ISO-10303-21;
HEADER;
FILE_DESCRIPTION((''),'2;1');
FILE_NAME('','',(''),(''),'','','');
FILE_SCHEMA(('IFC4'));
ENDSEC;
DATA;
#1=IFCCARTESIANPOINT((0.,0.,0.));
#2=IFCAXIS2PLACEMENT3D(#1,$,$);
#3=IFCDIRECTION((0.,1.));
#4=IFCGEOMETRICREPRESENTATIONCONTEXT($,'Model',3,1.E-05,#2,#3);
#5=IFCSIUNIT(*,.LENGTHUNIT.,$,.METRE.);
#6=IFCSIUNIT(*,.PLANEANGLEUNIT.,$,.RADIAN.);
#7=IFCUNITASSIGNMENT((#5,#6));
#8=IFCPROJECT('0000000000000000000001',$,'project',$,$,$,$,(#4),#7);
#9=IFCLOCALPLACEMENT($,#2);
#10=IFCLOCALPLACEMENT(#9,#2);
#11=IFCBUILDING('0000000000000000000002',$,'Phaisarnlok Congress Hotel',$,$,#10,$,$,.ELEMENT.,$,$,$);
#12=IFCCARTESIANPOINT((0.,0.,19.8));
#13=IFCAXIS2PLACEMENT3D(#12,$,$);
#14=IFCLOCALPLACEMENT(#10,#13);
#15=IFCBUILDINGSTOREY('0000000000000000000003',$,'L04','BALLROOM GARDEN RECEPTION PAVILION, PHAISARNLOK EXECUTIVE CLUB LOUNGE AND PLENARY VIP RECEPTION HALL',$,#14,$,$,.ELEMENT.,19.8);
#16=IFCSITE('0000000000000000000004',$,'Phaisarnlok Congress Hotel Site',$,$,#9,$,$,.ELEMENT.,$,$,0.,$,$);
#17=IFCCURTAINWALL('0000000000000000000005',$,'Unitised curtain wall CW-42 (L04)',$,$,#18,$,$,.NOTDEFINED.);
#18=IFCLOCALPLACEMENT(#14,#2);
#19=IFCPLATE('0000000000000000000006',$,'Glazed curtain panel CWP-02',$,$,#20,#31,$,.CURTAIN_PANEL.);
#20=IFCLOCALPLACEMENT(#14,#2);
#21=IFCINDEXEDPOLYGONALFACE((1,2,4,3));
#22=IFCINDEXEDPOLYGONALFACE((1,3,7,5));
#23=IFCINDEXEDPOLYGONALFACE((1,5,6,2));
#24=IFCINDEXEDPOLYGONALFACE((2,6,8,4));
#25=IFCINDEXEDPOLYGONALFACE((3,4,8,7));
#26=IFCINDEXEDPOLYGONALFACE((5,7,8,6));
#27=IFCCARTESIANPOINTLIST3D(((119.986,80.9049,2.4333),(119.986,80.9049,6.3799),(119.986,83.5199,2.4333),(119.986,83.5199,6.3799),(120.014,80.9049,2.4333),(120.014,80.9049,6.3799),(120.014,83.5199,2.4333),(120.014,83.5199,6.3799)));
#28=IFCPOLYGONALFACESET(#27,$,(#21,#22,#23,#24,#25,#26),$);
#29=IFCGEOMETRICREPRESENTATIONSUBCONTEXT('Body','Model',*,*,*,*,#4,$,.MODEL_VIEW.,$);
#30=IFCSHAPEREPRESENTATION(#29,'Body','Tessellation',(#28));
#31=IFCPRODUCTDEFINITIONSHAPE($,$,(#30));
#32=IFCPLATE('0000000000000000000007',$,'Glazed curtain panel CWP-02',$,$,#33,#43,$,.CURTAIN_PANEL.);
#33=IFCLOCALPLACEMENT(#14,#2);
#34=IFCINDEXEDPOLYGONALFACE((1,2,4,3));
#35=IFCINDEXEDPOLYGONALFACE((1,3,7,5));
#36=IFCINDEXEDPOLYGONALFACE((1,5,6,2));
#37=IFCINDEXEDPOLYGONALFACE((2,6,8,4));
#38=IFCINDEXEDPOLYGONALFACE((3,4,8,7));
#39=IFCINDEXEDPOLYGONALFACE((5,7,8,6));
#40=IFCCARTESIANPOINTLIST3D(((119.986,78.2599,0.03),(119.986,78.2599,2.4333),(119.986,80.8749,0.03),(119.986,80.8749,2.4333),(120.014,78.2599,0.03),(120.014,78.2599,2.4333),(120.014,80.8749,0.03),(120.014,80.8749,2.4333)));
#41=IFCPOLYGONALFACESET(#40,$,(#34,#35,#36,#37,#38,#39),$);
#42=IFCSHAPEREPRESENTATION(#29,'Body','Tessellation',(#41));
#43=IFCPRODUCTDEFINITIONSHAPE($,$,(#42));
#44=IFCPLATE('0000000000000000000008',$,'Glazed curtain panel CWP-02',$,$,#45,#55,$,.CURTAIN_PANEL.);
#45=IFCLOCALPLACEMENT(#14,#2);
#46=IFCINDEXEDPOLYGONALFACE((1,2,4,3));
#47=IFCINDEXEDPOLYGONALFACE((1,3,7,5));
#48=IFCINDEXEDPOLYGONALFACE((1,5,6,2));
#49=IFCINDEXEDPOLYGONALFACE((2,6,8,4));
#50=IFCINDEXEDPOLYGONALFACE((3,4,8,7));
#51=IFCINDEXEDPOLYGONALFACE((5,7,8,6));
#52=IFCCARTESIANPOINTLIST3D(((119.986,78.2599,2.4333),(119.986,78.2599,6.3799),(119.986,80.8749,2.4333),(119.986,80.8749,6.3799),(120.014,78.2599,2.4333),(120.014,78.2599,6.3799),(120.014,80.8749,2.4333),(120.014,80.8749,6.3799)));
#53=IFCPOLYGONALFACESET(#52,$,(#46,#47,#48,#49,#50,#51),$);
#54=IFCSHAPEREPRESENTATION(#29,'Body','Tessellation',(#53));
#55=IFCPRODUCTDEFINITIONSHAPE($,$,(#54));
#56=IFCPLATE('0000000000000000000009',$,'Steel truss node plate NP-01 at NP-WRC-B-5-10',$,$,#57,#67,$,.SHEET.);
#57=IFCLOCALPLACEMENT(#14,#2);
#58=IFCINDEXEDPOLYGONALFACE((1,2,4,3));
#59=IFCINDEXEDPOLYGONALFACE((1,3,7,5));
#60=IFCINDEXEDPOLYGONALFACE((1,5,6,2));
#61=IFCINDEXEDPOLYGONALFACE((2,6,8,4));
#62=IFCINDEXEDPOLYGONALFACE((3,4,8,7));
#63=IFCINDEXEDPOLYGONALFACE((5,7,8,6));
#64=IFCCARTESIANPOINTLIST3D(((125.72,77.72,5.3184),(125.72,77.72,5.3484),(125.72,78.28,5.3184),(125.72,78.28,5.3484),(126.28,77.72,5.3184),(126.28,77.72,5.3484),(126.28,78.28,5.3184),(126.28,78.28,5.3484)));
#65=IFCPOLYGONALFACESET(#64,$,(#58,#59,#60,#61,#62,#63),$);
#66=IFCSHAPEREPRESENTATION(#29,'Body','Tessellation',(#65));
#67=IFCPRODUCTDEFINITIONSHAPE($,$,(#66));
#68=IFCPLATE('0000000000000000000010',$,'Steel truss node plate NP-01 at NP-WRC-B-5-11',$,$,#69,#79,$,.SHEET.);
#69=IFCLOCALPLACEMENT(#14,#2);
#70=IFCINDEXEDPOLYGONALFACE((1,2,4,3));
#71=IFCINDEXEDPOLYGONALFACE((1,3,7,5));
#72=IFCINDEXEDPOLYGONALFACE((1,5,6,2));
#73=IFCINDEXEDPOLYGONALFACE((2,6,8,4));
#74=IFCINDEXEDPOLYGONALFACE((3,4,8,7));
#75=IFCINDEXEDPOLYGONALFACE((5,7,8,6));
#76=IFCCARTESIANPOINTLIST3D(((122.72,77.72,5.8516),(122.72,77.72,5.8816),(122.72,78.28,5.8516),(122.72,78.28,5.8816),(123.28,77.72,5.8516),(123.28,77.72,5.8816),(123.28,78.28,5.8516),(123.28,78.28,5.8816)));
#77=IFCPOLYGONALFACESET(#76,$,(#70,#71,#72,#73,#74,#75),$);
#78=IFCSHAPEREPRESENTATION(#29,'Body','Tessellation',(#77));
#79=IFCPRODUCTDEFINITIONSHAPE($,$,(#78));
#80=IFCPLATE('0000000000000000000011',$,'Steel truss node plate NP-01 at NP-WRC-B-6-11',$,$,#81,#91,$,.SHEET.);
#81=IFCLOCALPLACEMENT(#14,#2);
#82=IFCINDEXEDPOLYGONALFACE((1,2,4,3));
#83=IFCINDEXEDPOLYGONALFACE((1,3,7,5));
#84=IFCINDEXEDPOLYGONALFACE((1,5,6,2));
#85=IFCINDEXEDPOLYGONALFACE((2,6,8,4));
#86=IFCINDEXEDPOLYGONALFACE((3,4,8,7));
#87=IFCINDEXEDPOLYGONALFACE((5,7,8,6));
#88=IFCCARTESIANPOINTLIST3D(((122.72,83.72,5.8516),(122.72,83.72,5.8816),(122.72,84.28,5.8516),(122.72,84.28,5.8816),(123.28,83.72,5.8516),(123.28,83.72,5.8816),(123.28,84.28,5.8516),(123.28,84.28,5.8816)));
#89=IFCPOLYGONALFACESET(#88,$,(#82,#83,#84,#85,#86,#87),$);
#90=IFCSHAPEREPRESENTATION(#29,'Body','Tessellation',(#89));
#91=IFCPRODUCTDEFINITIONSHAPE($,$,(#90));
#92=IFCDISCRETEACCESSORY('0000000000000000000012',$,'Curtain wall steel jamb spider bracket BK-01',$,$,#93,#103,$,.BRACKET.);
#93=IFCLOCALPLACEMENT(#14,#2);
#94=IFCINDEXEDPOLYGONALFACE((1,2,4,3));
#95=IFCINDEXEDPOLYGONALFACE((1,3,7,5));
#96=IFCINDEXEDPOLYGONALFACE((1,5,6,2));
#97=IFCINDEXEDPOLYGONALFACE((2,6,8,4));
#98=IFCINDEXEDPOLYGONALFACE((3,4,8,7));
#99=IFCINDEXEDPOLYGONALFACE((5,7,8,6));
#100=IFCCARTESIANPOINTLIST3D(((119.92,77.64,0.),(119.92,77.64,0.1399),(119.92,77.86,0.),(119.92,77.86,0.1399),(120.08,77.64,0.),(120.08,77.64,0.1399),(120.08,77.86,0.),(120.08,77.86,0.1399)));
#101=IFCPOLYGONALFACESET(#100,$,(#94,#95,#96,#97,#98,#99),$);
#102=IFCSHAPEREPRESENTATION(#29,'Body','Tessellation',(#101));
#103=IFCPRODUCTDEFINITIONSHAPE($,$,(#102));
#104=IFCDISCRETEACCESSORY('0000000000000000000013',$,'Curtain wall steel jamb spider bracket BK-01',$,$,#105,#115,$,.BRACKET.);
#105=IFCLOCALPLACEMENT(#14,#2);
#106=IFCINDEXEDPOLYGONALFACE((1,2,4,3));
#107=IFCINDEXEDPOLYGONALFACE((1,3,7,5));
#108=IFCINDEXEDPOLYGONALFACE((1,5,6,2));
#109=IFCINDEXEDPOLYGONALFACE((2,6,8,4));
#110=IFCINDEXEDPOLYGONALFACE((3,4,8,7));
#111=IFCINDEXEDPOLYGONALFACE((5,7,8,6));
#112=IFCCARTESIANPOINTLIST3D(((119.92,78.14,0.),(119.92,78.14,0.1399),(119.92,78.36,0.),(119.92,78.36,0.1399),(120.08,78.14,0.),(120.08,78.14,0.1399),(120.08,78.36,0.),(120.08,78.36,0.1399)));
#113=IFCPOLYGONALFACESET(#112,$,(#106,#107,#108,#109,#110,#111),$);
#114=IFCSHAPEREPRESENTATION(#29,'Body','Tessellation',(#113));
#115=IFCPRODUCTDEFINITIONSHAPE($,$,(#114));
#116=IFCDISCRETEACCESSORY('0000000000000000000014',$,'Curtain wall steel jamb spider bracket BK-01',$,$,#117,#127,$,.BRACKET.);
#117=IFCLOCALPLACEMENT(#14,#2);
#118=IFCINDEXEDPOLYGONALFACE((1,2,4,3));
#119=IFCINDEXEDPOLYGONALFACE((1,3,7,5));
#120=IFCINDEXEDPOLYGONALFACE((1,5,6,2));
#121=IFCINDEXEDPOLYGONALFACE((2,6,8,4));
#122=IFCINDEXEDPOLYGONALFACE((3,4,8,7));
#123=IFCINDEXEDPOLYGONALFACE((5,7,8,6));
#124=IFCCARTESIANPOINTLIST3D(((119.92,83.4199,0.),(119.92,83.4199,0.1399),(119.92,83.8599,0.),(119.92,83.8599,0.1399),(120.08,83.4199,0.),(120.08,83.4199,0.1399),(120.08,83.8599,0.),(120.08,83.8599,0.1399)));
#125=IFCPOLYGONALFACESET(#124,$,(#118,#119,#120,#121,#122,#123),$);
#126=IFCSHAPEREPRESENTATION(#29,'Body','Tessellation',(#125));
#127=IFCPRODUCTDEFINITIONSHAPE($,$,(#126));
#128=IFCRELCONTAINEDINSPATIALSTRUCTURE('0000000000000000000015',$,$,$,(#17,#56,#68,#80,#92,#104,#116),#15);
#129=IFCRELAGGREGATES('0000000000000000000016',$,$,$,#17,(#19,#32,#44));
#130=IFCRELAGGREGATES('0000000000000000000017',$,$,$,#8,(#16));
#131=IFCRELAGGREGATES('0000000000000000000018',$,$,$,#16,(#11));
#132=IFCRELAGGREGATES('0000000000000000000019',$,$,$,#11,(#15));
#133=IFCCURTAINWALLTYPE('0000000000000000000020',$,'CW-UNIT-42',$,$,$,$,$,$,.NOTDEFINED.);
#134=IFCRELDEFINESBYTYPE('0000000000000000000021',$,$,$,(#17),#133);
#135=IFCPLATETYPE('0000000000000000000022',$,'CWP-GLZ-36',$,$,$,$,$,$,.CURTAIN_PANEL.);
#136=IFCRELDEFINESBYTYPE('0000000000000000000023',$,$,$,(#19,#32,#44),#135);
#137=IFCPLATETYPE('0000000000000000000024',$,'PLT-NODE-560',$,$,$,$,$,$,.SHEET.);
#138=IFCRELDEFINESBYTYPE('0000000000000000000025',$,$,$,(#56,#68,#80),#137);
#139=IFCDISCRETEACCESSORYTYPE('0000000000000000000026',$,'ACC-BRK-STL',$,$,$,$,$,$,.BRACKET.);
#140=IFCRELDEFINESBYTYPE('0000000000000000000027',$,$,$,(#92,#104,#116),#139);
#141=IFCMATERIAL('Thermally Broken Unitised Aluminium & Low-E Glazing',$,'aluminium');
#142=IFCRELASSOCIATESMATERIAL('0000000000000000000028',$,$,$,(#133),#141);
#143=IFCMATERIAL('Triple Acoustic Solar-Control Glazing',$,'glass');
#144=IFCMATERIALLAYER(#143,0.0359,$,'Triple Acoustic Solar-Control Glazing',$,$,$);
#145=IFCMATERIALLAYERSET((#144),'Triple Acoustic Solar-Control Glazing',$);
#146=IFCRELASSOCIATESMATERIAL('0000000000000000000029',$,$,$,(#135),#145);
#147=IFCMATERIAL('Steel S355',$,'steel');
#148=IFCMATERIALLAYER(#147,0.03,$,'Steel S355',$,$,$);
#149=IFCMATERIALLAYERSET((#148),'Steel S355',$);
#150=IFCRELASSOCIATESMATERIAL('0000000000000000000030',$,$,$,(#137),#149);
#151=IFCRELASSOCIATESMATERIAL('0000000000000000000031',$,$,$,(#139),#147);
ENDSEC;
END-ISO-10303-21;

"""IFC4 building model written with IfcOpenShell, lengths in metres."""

from ifc_helpers import new_model, si_unit, direction, frame, frame_2d, origin, origin_2d, place, context, subcontext, project, spatial, rectangle, extrude, material, layer, layer_set, type_object, element, aggregate, save


model = new_model("IFC4")

# Units and contexts
model_context = context("Model", 3, precision=1e-05, world=origin(), true_north=direction((0.0, 1.0)))
body_context = subcontext(model_context, "Body", "Model", "MODEL_VIEW")
ifc_project = project(units=[si_unit("LENGTHUNIT", "METRE"), si_unit("PLANEANGLEUNIT", "RADIAN")], contexts=[model_context])

# Site, building, storey
site_placement = place(None, origin())
site = spatial("IfcSite", under=ifc_project, at=site_placement, Name="Phaisarnlok Congress Hotel Site", CompositionType="ELEMENT", RefElevation=0.0)
building_placement = place(site_placement, origin())
building = spatial("IfcBuilding", under=site, at=building_placement, Name="Phaisarnlok Congress Hotel", CompositionType="ELEMENT")
storey_placement = place(building_placement, frame((0.0, 0.0, 19.8)))
storey = spatial("IfcBuildingStorey", under=building, at=storey_placement, Name="L04", Description="BALLROOM GARDEN RECEPTION PAVILION, PHAISARNLOK EXECUTIVE CLUB LOUNGE AND PLENARY VIP RECEPTION HALL", CompositionType="ELEMENT", Elevation=19.8)

# Shared definitions
ifc_material_1 = material(Name="Steel S355", Category="steel")

# Curtain wall
ifc_material_2 = material(Name="Thermally Broken Unitised Aluminium & Low-E Glazing", Category="aluminium")
curtain_wall_type_1 = type_object("IfcCurtainWallType", Name="CW-UNIT-42", PredefinedType="NOTDEFINED", material=ifc_material_2)
curtain_wall_1_placement = place(storey_placement, origin())
curtain_wall_1 = element("IfcCurtainWall", 1, at=curtain_wall_1_placement, inside=storey, type_object=curtain_wall_type_1, Name="Unitised curtain wall CW-42 (L04)", PredefinedType="NOTDEFINED")

# Shared definitions
ifc_material_3 = material(Name="Triple Acoustic Solar-Control Glazing", Category="glass")
ifc_layer_1 = layer(ifc_material_3, 0.0359, Name="Triple Acoustic Solar-Control Glazing")
ifc_layer_set_1 = layer_set([ifc_layer_1], Name="Triple Acoustic Solar-Control Glazing")
plate_type_1 = type_object("IfcPlateType", Name="CWP-GLZ-36", PredefinedType="CURTAIN_PANEL", material=ifc_layer_set_1)

# Plates
plate_1_placement = place(storey_placement, frame((120.0, 83.52, 2.4333), z_axis=(0.0, 0.0, 1.0), x_axis=(0.0, -1.0, 0.0)))
plate_1 = element("IfcPlate", 2, at=plate_1_placement, type_object=plate_type_1, Name="Glazed curtain panel CWP-02", PredefinedType="CURTAIN_PANEL", context=body_context, shape_type="SweptSolid", body=[
    extrude(rectangle(XDim=2.615, YDim=0.0281, at=frame_2d((1.3076, 0.0))), origin(), (0.0, 0.0, 1.0), 3.9465),
])
plate_2_placement = place(storey_placement, frame((120.0, 80.875, 0.03), z_axis=(0.0, 0.0, 1.0), x_axis=(0.0, -1.0, 0.0)))
plate_2 = element("IfcPlate", 3, at=plate_2_placement, type_object=plate_type_1, Name="Glazed curtain panel CWP-02", PredefinedType="CURTAIN_PANEL", context=body_context, shape_type="SweptSolid", body=[
    extrude(rectangle(XDim=2.615, YDim=0.0281, at=frame_2d((1.3076, 0.0))), origin(), (0.0, 0.0, 1.0), 2.4033),
])
plate_3_placement = place(storey_placement, frame((120.0, 80.875, 2.4333), z_axis=(0.0, 0.0, 1.0), x_axis=(0.0, -1.0, 0.0)))
plate_3 = element("IfcPlate", 4, at=plate_3_placement, type_object=plate_type_1, Name="Glazed curtain panel CWP-02", PredefinedType="CURTAIN_PANEL", context=body_context, shape_type="SweptSolid", body=[
    extrude(rectangle(XDim=2.615, YDim=0.0281, at=frame_2d((1.3076, 0.0))), origin(), (0.0, 0.0, 1.0), 3.9465),
])
aggregate(curtain_wall_1, [plate_1, plate_2, plate_3])

# Plates
ifc_layer_2 = layer(ifc_material_1, 0.03, Name="Steel S355")
ifc_layer_set_2 = layer_set([ifc_layer_2], Name="Steel S355")
plate_type_2 = type_object("IfcPlateType", Name="PLT-NODE-560", PredefinedType="SHEET", material=ifc_layer_set_2)
for number, where, z_axis, x_axis, name in (
    (5, (126.0, 78.0, 5.3184), (0.0, 0.0, 1.0), (1.0, 0.0, 0.0), "Steel truss node plate NP-01 at NP-WRC-B-5-10"),
    (6, (123.0, 78.0, 5.8516), (0.0, 0.0, 1.0), (1.0, 0.0, 0.0), "Steel truss node plate NP-01 at NP-WRC-B-5-11"),
    (7, (123.0, 84.0, 5.8516), (0.0, 0.0, 1.0), (1.0, 0.0, 0.0), "Steel truss node plate NP-01 at NP-WRC-B-6-11"),
):
    element("IfcPlate", number, at=place(storey_placement, frame(where, z_axis=z_axis, x_axis=x_axis)), inside=storey, type_object=plate_type_2, Name=name, PredefinedType="SHEET", context=body_context, shape_type="SweptSolid", body=[
        extrude(rectangle(XDim=0.5601, YDim=0.5601, at=origin_2d()), origin(), (0.0, 0.0, 1.0), 0.03),
    ])

# Discrete accessories
discrete_accessory_type = type_object("IfcDiscreteAccessoryType", Name="ACC-BRK-STL", PredefinedType="BRACKET", material=ifc_material_1)
for number, where, z_axis, x_axis, name in (
    (8, (120.0, 77.75, 0.0), (0.0, 0.0, 1.0), (1.0, 0.0, 0.0), "Curtain wall steel jamb spider bracket BK-01"),
    (9, (120.0, 78.25, 0.0), (0.0, 0.0, 1.0), (1.0, 0.0, 0.0), "Curtain wall steel jamb spider bracket BK-01"),
):
    element("IfcDiscreteAccessory", number, at=place(storey_placement, frame(where, z_axis=z_axis, x_axis=x_axis)), inside=storey, type_object=discrete_accessory_type, Name=name, PredefinedType="BRACKET", context=body_context, shape_type="SweptSolid", body=[
        extrude(rectangle(XDim=0.1599, YDim=0.22, at=origin_2d()), origin(), (0.0, 0.0, 1.0), 0.1399),
    ])
discrete_accessory_placement = place(storey_placement, frame((120.0, 83.6399, 0.0), z_axis=(0.0, 0.0, 1.0), x_axis=(1.0, 0.0, 0.0)))
element("IfcDiscreteAccessory", 10, at=discrete_accessory_placement, inside=storey, type_object=discrete_accessory_type, Name="Curtain wall steel jamb spider bracket BK-01", PredefinedType="BRACKET", context=body_context, shape_type="SweptSolid", body=[
    extrude(rectangle(XDim=0.1599, YDim=0.4399, at=origin_2d()), origin(), (0.0, 0.0, 1.0), 0.1399),
])

save(model, "model.ifc")
